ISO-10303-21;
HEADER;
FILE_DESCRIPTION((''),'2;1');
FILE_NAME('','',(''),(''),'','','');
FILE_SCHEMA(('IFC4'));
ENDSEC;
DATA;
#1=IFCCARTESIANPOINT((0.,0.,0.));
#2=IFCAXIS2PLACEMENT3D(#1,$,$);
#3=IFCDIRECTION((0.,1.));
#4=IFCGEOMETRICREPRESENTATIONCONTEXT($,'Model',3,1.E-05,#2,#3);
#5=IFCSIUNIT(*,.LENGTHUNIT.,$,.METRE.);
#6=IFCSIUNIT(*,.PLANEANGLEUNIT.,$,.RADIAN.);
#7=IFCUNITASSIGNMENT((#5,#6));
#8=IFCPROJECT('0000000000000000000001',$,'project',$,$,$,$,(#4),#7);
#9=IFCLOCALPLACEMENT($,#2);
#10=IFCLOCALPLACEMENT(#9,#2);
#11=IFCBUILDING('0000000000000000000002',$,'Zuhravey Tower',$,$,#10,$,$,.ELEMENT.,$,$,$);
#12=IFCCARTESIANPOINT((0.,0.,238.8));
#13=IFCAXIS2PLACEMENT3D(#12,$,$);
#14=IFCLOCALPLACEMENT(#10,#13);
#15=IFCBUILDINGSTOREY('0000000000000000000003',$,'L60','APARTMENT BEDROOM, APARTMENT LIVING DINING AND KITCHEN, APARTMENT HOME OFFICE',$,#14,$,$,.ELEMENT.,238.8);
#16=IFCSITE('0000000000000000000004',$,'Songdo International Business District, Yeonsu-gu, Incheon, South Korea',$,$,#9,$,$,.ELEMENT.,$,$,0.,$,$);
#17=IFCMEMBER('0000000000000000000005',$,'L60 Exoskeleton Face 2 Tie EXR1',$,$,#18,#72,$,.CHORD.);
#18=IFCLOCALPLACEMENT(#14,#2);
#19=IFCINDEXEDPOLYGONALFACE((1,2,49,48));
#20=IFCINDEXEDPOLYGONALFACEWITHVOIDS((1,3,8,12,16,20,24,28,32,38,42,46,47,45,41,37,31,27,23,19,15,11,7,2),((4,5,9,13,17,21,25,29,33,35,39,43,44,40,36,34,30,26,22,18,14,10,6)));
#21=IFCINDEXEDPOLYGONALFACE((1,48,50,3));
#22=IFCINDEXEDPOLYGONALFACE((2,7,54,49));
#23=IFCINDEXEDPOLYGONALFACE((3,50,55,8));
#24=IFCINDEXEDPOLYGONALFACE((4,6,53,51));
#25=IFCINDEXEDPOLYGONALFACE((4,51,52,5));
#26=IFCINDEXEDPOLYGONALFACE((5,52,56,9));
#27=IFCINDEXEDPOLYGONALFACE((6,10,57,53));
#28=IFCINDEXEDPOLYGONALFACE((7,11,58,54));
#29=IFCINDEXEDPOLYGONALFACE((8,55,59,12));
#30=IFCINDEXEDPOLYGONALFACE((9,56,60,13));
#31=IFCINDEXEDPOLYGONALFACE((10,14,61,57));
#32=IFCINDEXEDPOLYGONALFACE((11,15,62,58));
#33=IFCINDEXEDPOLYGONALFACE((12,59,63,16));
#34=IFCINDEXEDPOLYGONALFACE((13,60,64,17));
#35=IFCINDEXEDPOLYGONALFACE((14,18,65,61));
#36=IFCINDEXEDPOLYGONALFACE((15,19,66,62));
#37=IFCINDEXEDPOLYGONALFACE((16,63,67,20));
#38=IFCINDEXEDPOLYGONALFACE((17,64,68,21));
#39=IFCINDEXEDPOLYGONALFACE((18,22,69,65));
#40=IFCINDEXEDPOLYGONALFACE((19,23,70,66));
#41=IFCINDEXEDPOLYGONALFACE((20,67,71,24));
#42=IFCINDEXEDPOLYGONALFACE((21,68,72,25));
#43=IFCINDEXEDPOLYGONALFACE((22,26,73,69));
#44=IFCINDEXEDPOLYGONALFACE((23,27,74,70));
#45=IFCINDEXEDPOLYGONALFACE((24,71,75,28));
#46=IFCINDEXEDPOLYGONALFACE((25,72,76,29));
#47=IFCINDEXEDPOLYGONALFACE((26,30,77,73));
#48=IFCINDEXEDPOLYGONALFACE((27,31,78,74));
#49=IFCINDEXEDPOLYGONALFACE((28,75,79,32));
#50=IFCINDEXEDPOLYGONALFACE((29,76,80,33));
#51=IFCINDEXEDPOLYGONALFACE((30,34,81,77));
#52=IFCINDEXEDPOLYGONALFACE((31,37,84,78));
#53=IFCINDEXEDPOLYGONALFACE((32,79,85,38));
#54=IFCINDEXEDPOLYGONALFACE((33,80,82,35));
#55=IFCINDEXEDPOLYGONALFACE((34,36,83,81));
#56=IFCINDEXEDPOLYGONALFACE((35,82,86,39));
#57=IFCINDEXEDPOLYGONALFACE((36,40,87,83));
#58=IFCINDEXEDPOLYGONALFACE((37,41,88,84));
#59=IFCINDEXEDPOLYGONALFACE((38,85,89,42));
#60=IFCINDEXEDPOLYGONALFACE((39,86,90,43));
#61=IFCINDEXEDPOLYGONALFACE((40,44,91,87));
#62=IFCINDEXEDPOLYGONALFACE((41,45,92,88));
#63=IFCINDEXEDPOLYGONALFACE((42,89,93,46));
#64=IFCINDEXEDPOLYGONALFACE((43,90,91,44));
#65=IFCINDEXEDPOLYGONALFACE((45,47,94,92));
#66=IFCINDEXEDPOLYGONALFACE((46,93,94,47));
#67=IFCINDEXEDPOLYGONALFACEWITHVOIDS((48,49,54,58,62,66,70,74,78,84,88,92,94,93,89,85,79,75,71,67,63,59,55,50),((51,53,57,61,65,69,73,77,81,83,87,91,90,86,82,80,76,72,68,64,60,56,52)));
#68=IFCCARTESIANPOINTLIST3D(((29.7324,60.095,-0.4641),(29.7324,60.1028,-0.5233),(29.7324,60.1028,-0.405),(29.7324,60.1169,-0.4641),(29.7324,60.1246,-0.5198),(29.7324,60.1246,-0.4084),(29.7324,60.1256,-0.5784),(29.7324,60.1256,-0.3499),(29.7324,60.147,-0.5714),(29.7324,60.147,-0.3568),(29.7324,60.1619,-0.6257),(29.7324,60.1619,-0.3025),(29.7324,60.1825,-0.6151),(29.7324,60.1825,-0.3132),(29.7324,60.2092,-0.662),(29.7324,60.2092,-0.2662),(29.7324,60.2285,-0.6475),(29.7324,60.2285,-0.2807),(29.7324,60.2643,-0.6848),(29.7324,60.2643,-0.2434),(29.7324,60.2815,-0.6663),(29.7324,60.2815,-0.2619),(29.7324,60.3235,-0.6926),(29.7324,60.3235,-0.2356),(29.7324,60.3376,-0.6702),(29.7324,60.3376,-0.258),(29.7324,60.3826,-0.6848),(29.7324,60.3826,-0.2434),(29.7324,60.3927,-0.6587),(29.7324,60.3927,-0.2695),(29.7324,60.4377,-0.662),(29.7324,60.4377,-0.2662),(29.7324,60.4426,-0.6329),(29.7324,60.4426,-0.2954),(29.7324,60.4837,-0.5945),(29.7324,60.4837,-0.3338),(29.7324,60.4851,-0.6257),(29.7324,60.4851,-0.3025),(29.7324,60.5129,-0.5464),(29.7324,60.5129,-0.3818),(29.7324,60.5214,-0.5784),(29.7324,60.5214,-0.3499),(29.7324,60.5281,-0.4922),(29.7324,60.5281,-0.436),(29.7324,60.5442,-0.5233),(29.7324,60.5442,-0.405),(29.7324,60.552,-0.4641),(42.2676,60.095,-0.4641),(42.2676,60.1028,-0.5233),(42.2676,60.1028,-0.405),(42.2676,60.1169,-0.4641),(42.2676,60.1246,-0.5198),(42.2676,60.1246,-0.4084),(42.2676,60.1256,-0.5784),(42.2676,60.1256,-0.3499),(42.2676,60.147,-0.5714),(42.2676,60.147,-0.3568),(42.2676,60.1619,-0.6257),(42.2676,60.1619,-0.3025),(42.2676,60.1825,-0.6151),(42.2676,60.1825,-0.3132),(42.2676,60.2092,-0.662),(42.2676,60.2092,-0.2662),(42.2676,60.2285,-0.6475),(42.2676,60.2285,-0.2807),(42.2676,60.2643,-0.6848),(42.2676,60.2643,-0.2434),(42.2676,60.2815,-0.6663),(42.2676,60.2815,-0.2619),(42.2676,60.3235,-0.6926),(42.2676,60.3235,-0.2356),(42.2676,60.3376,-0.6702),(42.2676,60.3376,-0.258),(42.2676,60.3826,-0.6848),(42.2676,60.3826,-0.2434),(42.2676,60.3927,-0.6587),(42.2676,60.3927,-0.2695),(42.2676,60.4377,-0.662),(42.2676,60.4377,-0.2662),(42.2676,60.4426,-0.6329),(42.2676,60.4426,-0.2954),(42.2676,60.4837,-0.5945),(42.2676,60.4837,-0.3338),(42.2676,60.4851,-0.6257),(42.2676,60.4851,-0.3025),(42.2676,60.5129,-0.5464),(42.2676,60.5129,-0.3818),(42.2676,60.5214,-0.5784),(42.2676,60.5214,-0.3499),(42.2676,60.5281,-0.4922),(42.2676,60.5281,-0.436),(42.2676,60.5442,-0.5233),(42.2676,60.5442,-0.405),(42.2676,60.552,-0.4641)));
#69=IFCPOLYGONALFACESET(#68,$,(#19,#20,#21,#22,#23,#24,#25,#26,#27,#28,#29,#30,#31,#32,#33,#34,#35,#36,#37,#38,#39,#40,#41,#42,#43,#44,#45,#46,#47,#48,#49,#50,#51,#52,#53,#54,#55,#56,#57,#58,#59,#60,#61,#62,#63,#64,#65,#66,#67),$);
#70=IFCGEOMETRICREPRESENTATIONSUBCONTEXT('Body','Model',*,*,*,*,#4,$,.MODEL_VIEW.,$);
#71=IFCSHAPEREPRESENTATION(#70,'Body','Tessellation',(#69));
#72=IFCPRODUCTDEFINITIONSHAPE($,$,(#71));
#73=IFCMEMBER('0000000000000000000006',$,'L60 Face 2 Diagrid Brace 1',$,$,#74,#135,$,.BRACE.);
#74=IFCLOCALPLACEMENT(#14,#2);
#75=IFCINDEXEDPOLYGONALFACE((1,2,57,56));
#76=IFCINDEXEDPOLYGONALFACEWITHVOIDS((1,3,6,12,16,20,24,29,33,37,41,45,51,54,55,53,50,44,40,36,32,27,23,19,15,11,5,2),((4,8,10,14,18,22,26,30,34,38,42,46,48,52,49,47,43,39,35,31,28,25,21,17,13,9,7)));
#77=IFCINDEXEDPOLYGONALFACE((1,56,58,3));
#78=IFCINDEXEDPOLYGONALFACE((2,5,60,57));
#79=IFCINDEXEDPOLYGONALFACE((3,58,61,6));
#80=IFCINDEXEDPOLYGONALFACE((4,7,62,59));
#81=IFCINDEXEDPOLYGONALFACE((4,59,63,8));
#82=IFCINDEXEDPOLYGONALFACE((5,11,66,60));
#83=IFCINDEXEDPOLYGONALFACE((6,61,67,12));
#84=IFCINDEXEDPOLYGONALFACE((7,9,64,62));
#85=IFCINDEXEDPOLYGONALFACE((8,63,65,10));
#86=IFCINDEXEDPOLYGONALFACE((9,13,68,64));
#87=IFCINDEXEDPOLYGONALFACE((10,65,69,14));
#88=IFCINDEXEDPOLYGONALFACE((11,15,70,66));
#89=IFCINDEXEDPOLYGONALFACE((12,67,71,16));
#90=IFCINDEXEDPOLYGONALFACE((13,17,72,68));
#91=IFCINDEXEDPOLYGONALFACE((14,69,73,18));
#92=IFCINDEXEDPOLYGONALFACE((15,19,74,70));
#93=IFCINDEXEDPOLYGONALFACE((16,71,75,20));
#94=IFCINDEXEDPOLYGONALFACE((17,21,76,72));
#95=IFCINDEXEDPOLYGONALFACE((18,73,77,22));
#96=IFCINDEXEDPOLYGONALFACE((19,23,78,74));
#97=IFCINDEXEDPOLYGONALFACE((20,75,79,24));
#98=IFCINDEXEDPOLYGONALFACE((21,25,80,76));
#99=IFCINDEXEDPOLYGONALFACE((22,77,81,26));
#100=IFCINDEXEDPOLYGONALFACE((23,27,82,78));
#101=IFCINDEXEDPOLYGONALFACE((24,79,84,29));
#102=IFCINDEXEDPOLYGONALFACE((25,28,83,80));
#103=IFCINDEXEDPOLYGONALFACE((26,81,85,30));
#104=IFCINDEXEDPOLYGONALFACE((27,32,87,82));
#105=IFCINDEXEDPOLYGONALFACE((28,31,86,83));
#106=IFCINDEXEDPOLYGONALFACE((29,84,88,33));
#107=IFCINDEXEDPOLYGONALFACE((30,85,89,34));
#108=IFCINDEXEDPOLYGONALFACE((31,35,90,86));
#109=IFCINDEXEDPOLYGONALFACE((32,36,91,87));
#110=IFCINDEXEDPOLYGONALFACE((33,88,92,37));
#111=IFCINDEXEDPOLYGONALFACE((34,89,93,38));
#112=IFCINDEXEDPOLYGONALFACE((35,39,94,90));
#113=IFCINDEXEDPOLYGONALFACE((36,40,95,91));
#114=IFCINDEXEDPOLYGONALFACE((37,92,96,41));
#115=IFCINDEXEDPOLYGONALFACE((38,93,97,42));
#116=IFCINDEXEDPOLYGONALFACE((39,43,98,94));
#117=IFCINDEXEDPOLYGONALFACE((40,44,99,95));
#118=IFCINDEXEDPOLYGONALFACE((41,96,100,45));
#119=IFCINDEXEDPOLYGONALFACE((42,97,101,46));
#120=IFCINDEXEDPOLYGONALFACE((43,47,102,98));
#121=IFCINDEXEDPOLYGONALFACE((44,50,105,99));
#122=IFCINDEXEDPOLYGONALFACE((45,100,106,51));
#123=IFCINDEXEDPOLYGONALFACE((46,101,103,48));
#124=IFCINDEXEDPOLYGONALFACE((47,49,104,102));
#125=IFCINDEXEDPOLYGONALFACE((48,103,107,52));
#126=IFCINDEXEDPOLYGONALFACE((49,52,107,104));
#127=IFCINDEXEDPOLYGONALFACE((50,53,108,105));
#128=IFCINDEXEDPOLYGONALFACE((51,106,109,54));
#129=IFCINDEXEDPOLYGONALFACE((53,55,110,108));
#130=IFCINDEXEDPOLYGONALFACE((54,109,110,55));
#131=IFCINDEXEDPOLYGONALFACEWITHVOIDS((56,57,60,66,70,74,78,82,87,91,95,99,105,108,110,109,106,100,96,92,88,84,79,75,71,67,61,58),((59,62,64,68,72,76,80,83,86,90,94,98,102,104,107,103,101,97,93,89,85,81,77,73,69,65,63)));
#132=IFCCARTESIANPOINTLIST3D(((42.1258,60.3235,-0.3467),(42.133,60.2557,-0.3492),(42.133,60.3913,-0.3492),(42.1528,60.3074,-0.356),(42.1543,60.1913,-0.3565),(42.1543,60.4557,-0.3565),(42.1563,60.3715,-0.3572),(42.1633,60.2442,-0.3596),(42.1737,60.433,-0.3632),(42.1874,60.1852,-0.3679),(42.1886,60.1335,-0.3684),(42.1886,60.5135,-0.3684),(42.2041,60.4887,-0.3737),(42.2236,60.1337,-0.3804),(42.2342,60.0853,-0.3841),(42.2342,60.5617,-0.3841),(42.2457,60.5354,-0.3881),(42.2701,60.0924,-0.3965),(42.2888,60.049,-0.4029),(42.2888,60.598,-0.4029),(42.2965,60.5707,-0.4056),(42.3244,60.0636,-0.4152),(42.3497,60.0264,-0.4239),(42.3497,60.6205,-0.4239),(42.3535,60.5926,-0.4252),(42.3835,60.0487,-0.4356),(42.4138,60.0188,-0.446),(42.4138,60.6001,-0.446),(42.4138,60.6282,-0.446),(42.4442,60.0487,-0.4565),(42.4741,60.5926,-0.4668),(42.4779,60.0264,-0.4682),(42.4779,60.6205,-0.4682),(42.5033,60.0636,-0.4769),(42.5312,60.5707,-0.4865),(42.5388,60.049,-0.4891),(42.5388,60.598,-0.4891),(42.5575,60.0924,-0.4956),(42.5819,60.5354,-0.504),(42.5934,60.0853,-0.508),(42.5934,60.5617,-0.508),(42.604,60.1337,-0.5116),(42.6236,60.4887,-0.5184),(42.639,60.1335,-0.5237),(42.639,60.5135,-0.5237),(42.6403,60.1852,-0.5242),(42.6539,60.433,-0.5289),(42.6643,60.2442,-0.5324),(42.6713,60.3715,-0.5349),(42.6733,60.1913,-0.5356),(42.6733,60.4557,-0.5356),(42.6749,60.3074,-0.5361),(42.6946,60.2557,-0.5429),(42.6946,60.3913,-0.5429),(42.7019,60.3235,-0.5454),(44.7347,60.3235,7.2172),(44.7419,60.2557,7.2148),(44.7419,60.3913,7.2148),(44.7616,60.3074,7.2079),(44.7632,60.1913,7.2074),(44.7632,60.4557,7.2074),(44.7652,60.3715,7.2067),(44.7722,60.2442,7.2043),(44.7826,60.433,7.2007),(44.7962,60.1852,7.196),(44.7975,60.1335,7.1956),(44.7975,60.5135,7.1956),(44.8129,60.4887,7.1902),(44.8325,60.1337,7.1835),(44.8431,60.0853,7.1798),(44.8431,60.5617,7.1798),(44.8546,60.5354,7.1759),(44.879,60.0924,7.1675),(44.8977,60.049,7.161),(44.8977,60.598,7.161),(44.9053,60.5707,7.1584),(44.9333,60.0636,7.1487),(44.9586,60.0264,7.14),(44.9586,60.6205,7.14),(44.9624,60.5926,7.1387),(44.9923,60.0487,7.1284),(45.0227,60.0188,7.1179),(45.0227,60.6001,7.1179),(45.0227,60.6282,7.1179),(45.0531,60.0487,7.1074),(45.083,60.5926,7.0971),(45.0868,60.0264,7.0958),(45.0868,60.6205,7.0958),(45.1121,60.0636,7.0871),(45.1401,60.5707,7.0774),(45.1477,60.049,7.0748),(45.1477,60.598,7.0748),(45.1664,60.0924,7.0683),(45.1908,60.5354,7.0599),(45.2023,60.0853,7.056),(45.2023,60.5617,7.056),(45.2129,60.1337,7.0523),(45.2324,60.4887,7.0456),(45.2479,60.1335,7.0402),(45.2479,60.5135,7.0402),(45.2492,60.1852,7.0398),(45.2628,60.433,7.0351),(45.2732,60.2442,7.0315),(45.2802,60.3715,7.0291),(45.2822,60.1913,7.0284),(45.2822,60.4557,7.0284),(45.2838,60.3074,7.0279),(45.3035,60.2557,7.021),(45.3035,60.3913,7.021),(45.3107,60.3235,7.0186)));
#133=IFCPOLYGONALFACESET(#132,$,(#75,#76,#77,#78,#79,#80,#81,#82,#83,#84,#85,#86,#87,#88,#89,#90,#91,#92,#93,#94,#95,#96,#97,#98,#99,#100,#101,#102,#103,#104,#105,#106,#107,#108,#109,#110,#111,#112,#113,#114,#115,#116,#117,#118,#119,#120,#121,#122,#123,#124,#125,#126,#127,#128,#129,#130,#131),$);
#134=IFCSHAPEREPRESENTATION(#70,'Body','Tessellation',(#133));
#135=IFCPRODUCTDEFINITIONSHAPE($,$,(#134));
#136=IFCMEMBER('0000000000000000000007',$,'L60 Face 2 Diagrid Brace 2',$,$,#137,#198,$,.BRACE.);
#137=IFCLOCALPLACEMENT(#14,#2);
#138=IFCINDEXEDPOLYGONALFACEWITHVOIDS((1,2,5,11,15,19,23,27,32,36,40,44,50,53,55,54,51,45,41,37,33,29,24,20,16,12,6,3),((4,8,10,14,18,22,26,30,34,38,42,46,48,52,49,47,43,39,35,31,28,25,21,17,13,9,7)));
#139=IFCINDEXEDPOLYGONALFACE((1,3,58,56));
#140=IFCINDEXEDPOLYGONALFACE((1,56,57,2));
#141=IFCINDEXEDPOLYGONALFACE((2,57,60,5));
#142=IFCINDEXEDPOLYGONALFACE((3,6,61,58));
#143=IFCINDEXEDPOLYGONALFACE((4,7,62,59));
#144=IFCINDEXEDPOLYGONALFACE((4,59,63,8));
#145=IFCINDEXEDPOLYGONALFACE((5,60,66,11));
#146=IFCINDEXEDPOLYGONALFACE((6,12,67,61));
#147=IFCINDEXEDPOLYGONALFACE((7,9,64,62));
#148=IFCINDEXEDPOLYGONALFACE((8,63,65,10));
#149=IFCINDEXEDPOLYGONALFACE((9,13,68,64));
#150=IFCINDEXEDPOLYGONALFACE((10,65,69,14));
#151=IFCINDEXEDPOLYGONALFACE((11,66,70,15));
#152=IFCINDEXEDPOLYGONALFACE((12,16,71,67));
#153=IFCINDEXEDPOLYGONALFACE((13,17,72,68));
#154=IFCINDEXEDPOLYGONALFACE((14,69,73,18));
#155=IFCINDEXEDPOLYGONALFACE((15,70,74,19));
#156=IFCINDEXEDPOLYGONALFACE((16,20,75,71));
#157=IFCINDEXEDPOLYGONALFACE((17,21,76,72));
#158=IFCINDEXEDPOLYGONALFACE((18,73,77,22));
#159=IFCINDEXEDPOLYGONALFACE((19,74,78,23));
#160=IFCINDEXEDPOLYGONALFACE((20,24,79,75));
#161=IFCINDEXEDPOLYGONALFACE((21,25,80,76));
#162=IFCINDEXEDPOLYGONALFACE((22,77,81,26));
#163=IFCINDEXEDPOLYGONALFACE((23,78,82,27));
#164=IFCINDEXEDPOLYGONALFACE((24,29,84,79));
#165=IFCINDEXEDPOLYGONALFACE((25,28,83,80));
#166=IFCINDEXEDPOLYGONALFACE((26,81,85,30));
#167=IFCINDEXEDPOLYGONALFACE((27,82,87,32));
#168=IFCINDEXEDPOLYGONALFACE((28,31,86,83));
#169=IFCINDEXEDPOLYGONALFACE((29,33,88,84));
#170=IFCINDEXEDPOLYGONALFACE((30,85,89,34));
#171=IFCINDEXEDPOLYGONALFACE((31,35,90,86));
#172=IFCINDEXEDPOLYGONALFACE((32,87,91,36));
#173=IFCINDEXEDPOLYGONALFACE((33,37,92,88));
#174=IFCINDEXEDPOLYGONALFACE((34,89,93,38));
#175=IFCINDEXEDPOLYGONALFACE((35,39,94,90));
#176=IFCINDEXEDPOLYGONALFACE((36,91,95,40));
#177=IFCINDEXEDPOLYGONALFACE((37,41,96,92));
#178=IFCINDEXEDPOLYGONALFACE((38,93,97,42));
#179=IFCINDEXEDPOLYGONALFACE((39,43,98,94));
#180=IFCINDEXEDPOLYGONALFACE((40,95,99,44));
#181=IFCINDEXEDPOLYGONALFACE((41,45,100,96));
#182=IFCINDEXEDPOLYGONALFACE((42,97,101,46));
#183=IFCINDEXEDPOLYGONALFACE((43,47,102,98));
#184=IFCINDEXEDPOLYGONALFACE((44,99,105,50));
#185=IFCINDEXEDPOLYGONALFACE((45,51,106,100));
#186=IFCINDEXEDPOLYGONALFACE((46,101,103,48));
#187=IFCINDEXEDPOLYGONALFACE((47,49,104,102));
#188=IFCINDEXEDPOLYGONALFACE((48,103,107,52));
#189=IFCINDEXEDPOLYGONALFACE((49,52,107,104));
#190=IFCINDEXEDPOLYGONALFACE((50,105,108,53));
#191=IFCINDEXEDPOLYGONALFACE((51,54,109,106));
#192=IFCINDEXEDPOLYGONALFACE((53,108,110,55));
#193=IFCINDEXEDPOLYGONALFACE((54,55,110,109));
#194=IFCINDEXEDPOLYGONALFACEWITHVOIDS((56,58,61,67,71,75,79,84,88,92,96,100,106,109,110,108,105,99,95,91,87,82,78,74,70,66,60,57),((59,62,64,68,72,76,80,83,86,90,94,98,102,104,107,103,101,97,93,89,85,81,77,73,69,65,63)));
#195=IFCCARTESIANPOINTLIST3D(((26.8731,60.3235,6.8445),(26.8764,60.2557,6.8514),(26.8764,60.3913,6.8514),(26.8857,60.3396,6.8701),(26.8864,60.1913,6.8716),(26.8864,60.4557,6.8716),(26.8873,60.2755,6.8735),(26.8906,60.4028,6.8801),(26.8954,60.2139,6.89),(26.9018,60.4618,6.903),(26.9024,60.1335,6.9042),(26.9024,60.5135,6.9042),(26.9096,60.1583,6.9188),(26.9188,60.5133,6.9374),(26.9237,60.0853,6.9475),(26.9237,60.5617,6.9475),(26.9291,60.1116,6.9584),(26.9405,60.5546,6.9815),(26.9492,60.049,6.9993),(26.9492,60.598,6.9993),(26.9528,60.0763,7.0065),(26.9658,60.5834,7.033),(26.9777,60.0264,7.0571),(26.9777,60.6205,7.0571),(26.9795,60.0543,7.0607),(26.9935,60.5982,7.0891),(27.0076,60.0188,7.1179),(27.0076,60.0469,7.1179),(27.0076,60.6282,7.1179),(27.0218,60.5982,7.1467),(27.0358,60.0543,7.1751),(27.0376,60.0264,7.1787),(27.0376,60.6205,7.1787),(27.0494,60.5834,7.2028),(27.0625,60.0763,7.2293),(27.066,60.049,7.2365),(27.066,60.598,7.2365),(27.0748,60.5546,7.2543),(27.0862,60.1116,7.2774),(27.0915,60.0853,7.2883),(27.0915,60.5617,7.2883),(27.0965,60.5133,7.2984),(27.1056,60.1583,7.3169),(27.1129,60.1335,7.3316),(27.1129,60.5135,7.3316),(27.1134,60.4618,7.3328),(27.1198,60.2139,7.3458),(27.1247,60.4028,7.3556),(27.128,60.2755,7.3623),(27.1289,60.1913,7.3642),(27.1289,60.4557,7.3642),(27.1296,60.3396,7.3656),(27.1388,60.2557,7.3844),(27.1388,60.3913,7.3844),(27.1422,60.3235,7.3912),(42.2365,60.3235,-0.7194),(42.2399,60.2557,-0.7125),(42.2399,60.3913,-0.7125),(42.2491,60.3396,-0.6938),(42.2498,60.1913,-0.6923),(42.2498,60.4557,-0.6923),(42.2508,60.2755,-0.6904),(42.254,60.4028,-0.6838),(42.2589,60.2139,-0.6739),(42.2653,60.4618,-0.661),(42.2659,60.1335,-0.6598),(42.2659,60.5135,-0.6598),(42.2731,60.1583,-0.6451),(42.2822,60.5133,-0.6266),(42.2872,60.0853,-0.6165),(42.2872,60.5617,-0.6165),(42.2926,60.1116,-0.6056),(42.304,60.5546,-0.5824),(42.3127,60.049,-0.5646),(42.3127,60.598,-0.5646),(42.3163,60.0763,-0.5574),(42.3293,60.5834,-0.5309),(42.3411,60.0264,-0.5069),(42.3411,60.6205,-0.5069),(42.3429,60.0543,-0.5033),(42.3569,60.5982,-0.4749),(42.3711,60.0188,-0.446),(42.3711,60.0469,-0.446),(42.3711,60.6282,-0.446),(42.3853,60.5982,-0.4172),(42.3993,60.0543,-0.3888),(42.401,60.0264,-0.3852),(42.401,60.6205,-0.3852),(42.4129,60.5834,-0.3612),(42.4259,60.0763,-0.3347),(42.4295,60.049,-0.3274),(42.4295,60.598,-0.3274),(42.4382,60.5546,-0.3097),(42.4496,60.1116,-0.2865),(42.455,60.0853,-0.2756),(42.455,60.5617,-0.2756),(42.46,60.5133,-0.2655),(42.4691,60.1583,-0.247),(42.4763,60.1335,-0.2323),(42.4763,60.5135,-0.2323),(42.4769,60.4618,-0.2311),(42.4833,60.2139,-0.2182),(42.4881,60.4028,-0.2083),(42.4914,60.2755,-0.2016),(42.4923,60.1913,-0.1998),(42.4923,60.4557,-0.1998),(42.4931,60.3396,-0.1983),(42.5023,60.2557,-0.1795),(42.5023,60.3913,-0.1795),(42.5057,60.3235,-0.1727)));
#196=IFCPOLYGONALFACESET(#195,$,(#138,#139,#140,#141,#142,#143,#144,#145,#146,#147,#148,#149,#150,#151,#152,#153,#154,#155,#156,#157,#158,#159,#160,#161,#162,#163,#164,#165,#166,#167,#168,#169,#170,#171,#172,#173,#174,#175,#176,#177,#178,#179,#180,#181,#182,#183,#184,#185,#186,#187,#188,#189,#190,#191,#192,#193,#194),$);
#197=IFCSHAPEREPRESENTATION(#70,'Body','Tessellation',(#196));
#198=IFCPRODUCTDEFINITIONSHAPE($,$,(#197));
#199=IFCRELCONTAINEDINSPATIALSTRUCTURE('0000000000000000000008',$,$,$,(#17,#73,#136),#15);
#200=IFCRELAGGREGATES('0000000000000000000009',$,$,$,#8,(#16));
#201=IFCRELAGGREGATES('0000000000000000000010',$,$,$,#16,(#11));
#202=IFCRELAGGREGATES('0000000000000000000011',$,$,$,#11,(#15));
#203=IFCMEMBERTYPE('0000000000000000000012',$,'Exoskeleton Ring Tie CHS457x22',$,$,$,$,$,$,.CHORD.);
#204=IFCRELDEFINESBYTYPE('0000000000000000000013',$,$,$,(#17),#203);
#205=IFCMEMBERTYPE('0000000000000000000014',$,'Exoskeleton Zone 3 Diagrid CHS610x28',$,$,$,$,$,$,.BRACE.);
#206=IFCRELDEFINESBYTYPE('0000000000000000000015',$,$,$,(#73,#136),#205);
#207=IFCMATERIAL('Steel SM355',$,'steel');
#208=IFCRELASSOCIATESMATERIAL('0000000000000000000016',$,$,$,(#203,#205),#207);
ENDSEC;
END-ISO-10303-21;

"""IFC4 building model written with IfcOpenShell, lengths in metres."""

from ifc_helpers import new_model, si_unit, direction, frame, origin, origin_2d, place, context, subcontext, project, spatial, hollow_circle, extrude, material, material_profile, profile_set, type_object, element, save


model = new_model("IFC4")

# Units and contexts
model_context = context("Model", 3, precision=1e-05, world=origin(), true_north=direction((0.0, 1.0)))
body_context = subcontext(model_context, "Body", "Model", "MODEL_VIEW")
ifc_project = project(units=[si_unit("LENGTHUNIT", "METRE"), si_unit("PLANEANGLEUNIT", "RADIAN")], contexts=[model_context])

# Site, building, storey
site_placement = place(None, origin())
site = spatial("IfcSite", under=ifc_project, at=site_placement, Name="Songdo International Business District, Yeonsu-gu, Incheon, South Korea", CompositionType="ELEMENT", RefElevation=0.0)
building_placement = place(site_placement, origin())
building = spatial("IfcBuilding", under=site, at=building_placement, Name="Zuhravey Tower", CompositionType="ELEMENT")
storey_placement = place(building_placement, frame((0.0, 0.0, 238.8)))
storey = spatial("IfcBuildingStorey", under=building, at=storey_placement, Name="L60", Description="APARTMENT BEDROOM, APARTMENT LIVING DINING AND KITCHEN, APARTMENT HOME OFFICE", CompositionType="ELEMENT", Elevation=238.8)

# Members
ifc_material_1 = material(Name="Steel SM355", Category="steel")
ifc_material_profile_1 = material_profile(ifc_material_1, hollow_circle(Radius=0.2285, WallThickness=0.022, at=origin_2d()), Name="CHS-457.2x22")
ifc_profile_set_1 = profile_set([ifc_material_profile_1], Name="Steel SM355")
member_type_1 = type_object("IfcMemberType", Name="Exoskeleton Ring Tie CHS457x22", PredefinedType="CHORD", material=ifc_profile_set_1)
member_1_placement = place(storey_placement, frame((42.2676, 60.3235, -0.4641), z_axis=(-1.0, 0.0, 0.0), x_axis=(0.0, -1.0, 0.0)))
element("IfcMember", 1, at=member_1_placement, inside=storey, type_object=member_type_1, Name="L60 Exoskeleton Face 2 Tie EXR1", PredefinedType="CHORD", context=body_context, shape_type="SweptSolid", body=[
    extrude(hollow_circle(Radius=0.2285, WallThickness=0.022, at=origin_2d()), origin(), (0.0, 0.0, 1.0), 12.5352),
])
ifc_material_profile_2 = material_profile(ifc_material_1, hollow_circle(Radius=0.3047, WallThickness=0.0281, at=origin_2d()), Name="CHS-609.6x28")
ifc_profile_set_2 = profile_set([ifc_material_profile_2], Name="Steel SM355")
member_type_2 = type_object("IfcMemberType", Name="Exoskeleton Zone 3 Diagrid CHS610x28", PredefinedType="BRACE", material=ifc_profile_set_2)
member_2_placement = place(storey_placement, frame((42.4138, 60.3235, -0.446), z_axis=(0.32606, 0.0, 0.945349), x_axis=(0.0, 1.0, 0.0)))
element("IfcMember", 2, at=member_2_placement, inside=storey, type_object=member_type_2, Name="L60 Face 2 Diagrid Brace 1", PredefinedType="BRACE", context=body_context, shape_type="SweptSolid", body=[
    extrude(hollow_circle(Radius=0.3047, WallThickness=0.0281, at=origin_2d()), origin(), (0.0, 0.0, 1.0), 8.0012),
])
member_3_placement = place(storey_placement, frame((42.3711, 60.3235, -0.446), z_axis=(-0.897162, 0.0, 0.441702), x_axis=(0.0, -1.0, 0.0)))
element("IfcMember", 3, at=member_3_placement, inside=storey, type_object=member_type_2, Name="L60 Face 2 Diagrid Brace 2", PredefinedType="BRACE", context=body_context, shape_type="SweptSolid", body=[
    extrude(hollow_circle(Radius=0.3047, WallThickness=0.0281, at=origin_2d()), origin(), (0.0, 0.0, 1.0), 17.1245),
])

save(model, "model.ifc")
